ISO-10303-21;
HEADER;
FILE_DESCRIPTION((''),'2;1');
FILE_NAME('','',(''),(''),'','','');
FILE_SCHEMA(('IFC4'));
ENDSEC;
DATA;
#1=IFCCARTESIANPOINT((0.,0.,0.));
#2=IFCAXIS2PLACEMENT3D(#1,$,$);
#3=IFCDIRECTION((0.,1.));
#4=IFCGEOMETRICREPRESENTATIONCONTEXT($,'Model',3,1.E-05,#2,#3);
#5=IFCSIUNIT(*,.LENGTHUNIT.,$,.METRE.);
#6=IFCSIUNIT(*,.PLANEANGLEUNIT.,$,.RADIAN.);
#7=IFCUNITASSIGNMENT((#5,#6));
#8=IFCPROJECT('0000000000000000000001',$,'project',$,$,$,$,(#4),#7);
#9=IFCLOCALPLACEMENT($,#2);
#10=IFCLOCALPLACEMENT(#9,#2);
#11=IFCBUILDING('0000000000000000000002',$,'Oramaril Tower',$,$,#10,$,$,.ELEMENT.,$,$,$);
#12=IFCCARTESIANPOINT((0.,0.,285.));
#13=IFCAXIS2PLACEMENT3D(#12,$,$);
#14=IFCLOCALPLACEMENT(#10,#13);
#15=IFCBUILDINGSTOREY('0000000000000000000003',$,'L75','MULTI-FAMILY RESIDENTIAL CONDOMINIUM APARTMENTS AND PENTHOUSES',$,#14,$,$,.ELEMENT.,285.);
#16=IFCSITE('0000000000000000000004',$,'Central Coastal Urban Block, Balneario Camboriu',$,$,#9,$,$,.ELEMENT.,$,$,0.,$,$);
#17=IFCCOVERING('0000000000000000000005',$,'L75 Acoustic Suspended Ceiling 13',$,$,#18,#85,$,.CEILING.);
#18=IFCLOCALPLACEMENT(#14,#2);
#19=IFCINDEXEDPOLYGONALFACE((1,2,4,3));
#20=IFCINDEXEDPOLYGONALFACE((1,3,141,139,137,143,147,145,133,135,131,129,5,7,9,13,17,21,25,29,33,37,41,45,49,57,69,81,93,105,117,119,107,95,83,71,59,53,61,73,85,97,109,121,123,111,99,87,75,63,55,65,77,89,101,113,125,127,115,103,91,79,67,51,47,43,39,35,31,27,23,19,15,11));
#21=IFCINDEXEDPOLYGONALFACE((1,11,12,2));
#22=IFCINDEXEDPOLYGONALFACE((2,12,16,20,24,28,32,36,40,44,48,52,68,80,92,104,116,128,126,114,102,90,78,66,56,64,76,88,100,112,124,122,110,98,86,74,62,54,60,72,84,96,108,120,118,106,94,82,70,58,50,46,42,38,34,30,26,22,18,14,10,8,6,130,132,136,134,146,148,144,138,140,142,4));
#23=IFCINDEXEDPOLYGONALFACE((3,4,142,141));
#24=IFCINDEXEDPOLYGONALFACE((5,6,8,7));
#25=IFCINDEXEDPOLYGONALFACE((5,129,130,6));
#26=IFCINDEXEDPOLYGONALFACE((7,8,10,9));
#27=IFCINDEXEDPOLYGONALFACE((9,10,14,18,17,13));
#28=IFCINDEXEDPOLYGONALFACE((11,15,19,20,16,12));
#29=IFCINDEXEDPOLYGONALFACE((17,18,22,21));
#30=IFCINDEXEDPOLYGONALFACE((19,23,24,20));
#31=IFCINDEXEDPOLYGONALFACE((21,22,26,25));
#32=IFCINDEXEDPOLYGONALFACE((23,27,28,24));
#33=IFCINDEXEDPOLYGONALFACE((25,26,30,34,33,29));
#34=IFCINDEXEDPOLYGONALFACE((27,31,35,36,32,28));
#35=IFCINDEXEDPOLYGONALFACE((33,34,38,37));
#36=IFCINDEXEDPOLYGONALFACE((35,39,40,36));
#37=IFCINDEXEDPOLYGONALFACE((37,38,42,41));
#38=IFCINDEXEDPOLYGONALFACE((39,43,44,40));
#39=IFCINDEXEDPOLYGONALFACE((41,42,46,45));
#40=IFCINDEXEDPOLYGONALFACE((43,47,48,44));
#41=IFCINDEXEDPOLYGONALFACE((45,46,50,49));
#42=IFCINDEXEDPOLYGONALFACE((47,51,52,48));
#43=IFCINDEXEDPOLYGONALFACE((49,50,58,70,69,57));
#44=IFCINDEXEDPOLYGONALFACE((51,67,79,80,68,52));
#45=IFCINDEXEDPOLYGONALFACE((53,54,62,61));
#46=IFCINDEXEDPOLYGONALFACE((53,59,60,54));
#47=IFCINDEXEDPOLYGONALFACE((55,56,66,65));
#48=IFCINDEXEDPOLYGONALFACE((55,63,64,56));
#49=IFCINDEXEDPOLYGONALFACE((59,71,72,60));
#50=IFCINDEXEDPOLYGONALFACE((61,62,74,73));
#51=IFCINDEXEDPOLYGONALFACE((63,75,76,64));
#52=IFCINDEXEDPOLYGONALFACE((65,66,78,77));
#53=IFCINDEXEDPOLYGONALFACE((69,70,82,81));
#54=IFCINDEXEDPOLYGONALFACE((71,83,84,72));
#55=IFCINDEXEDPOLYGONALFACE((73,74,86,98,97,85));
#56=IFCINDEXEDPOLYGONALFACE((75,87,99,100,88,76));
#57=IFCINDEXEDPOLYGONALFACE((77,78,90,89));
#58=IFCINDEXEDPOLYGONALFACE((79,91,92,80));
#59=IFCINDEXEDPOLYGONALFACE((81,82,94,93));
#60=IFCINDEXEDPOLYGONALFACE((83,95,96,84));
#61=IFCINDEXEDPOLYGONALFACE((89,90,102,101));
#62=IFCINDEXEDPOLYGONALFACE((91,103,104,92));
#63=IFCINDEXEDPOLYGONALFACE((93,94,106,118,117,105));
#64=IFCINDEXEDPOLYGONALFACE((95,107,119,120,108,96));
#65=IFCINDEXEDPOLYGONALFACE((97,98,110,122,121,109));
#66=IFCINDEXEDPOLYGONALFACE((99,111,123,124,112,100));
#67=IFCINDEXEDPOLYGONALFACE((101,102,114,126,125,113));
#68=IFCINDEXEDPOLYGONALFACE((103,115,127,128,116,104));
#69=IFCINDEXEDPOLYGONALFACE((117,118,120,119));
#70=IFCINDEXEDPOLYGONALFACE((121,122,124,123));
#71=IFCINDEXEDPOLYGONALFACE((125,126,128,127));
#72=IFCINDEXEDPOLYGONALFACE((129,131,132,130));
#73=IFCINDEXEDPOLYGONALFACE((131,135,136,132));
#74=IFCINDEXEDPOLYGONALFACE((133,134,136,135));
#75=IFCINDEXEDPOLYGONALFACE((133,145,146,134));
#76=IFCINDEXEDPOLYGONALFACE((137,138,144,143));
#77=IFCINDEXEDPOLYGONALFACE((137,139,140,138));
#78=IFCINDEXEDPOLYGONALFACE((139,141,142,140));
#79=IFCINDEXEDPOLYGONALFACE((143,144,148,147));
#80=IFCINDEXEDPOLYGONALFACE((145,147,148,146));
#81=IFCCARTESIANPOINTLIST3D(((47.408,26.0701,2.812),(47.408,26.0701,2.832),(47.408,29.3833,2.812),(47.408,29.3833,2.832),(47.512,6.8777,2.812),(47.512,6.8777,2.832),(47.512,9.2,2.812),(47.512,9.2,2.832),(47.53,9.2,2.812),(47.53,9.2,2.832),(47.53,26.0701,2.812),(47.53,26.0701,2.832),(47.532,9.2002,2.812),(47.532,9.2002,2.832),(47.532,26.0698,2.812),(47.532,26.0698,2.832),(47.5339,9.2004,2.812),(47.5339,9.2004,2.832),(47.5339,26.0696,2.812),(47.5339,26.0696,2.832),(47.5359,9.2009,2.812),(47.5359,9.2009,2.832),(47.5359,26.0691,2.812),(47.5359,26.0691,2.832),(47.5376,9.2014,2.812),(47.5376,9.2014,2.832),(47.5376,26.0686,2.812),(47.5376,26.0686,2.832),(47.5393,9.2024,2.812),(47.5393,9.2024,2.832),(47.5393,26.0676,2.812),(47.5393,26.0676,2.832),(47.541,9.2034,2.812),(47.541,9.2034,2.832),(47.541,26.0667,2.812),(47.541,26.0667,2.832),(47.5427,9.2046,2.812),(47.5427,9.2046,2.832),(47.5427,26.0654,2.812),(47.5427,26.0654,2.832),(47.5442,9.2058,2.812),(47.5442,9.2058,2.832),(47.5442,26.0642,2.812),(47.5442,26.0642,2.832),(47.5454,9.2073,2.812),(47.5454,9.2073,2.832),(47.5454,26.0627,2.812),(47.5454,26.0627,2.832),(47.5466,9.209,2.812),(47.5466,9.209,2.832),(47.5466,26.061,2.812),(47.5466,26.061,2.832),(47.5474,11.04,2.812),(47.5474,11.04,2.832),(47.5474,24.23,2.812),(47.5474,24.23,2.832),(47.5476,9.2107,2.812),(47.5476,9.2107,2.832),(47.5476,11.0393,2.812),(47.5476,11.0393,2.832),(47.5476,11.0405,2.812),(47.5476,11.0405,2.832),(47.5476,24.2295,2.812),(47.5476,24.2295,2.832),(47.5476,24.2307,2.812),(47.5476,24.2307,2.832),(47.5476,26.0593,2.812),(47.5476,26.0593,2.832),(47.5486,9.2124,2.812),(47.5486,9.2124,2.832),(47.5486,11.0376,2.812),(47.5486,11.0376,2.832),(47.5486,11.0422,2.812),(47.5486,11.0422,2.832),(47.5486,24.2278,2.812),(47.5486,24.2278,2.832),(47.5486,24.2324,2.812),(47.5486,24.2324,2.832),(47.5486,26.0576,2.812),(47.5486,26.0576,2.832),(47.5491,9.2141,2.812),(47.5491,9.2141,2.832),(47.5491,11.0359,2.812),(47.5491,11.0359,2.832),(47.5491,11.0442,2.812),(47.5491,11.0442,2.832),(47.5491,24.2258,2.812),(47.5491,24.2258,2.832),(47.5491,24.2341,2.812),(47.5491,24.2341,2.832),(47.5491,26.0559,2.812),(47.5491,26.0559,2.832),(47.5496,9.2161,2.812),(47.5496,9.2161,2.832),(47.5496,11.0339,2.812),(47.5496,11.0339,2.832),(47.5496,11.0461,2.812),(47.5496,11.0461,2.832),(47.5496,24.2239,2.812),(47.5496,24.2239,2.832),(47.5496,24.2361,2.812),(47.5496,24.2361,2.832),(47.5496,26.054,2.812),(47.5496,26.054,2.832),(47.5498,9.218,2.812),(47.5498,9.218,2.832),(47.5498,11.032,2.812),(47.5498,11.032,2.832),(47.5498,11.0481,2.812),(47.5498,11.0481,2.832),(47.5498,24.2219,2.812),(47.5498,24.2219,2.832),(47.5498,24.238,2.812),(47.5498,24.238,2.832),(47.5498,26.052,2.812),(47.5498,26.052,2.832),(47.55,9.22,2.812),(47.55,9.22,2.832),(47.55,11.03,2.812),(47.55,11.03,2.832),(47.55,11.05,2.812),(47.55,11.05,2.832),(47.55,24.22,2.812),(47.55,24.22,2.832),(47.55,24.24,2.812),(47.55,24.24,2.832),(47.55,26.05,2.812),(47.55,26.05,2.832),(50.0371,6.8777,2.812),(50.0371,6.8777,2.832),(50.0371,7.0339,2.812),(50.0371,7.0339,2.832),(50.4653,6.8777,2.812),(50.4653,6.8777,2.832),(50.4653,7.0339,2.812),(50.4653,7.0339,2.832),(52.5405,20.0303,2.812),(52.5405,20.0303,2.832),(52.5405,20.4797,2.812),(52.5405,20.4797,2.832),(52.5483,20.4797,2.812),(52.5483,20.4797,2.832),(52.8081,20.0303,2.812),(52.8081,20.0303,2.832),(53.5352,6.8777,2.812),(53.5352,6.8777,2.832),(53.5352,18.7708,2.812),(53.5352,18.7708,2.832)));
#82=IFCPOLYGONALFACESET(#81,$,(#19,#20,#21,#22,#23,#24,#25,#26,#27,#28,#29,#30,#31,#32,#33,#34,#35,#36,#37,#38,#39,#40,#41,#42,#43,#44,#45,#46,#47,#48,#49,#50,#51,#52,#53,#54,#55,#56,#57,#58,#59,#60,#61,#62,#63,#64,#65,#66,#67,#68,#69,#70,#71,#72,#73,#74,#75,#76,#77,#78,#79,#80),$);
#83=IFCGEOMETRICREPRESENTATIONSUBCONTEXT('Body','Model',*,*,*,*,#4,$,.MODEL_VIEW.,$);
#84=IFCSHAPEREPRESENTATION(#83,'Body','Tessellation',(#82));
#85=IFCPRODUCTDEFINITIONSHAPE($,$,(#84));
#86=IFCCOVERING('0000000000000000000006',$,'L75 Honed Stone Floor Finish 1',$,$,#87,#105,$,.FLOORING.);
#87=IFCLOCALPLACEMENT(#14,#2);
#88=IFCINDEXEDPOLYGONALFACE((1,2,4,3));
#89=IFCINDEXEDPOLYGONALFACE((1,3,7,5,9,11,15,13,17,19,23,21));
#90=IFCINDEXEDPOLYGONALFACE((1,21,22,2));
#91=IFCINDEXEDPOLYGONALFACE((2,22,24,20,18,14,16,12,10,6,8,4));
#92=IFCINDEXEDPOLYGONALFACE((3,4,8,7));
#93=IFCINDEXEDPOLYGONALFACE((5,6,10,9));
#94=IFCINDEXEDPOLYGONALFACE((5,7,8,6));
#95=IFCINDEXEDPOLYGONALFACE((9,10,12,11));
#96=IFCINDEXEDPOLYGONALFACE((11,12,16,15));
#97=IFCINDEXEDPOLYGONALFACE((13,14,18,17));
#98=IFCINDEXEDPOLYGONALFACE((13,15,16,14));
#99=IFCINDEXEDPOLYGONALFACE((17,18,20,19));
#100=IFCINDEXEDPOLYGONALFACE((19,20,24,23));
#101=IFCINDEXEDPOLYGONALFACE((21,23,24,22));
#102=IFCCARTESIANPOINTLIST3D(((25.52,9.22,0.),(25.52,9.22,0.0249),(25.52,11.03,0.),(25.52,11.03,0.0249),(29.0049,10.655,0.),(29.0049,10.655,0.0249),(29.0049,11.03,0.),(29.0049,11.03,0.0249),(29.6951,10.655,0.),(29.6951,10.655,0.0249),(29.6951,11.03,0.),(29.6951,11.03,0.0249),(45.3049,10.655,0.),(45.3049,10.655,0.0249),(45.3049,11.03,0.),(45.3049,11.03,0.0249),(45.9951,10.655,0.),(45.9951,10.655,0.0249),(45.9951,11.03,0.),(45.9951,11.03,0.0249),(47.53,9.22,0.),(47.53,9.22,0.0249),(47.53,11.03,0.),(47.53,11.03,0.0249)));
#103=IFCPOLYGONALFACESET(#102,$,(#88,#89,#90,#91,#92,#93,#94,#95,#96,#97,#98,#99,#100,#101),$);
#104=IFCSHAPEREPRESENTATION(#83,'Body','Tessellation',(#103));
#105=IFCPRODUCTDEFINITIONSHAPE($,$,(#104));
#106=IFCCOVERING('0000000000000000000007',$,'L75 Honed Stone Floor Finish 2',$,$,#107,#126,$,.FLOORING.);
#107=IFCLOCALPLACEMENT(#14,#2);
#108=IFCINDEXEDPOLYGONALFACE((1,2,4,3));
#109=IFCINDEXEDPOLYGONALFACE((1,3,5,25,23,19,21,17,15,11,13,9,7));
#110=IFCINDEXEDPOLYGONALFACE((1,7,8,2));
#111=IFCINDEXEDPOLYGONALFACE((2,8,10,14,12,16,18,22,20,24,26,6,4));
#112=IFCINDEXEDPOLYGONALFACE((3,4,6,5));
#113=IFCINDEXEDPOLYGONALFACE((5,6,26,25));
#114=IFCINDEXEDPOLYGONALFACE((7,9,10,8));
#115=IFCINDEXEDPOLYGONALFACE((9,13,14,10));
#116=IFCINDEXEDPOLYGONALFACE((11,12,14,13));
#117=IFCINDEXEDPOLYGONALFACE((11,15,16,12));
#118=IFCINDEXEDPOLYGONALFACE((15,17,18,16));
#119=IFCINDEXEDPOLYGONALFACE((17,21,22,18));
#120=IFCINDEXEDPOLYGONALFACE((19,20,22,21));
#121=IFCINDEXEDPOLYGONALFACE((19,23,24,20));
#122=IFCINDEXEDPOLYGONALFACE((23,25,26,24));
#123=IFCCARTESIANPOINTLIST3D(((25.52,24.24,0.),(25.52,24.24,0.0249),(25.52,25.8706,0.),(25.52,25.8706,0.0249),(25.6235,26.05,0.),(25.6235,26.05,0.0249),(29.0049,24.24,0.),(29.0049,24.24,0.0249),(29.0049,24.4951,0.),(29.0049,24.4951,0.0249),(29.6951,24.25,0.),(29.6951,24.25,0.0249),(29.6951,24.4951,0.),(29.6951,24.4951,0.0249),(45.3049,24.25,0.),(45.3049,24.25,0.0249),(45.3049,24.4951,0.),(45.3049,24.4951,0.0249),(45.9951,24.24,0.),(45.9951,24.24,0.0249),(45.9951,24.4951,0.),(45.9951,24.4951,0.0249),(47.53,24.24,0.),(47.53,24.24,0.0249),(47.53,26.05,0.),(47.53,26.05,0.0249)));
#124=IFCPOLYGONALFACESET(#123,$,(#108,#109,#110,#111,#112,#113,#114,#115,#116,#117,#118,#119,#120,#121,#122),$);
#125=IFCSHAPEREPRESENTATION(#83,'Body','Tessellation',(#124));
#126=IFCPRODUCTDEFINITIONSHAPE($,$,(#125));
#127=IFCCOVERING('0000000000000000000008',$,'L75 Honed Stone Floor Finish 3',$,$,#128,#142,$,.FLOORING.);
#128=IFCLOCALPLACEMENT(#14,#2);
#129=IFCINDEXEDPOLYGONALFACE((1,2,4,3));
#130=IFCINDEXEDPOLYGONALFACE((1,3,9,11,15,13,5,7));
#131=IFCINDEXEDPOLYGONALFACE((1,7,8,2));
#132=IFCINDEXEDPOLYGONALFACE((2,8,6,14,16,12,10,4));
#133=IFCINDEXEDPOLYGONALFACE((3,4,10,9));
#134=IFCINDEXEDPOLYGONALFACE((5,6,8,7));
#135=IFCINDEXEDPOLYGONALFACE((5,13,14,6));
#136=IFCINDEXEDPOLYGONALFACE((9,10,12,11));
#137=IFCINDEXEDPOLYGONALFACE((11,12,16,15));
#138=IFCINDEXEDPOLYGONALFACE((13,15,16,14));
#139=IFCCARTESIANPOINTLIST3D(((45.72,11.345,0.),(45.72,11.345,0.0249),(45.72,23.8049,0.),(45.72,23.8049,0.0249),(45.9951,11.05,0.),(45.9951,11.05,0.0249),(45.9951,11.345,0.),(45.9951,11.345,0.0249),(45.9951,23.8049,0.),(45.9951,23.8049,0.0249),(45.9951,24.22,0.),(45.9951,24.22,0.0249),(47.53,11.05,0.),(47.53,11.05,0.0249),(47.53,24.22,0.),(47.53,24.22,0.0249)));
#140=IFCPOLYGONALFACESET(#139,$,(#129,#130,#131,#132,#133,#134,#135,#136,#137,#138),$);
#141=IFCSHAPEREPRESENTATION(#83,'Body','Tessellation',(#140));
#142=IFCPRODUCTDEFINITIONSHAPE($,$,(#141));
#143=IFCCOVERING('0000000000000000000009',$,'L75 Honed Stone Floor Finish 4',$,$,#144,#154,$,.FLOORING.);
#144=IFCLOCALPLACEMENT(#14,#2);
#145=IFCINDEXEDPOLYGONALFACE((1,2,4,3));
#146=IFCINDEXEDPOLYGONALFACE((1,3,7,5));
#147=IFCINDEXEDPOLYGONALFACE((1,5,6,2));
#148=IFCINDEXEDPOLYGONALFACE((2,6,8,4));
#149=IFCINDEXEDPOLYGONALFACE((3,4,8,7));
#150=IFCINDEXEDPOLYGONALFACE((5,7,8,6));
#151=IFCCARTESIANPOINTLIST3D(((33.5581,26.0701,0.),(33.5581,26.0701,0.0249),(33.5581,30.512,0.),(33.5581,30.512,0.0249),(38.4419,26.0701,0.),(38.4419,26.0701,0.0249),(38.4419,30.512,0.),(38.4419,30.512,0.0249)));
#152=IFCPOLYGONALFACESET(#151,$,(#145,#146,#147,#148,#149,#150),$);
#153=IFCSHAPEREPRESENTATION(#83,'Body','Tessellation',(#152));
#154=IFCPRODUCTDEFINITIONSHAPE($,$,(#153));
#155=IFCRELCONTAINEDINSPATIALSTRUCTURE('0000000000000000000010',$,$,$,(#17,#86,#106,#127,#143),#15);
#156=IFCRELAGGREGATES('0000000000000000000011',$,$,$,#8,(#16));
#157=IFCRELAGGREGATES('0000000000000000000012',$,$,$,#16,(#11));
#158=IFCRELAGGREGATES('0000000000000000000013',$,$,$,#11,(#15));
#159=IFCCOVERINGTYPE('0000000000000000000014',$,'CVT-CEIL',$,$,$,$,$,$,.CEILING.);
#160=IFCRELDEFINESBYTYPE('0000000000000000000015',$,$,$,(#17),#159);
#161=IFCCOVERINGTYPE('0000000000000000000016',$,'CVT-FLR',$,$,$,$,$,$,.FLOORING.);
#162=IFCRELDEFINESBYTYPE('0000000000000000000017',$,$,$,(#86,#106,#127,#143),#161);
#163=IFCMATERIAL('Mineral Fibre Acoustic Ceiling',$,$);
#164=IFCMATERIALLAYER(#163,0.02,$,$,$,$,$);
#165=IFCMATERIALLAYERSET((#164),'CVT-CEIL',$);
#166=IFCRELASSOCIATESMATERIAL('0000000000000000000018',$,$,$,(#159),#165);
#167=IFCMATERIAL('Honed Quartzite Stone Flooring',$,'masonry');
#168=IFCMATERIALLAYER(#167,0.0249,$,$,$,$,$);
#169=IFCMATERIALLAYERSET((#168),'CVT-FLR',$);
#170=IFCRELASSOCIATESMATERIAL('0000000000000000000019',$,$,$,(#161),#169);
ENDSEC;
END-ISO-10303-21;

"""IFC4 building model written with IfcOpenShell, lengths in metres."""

from ifc_helpers import new_model, si_unit, direction, frame, origin, place, context, subcontext, project, spatial, polyline, outline, extrude, material, layer, layer_set, type_object, element, save


model = new_model("IFC4")

# Units and contexts
model_context = context("Model", 3, precision=1e-05, world=origin(), true_north=direction((0.0, 1.0)))
body_context = subcontext(model_context, "Body", "Model", "MODEL_VIEW")
ifc_project = project(units=[si_unit("LENGTHUNIT", "METRE"), si_unit("PLANEANGLEUNIT", "RADIAN")], contexts=[model_context])

# Site, building, storey
site_placement = place(None, origin())
site = spatial("IfcSite", under=ifc_project, at=site_placement, Name="Central Coastal Urban Block, Balneario Camboriu", CompositionType="ELEMENT", RefElevation=0.0)
building_placement = place(site_placement, origin())
building = spatial("IfcBuilding", under=site, at=building_placement, Name="Oramaril Tower", CompositionType="ELEMENT")
storey_placement = place(building_placement, frame((0.0, 0.0, 285.0)))
storey = spatial("IfcBuildingStorey", under=building, at=storey_placement, Name="L75", Description="MULTI-FAMILY RESIDENTIAL CONDOMINIUM APARTMENTS AND PENTHOUSES", CompositionType="ELEMENT", Elevation=285.0)

# Coverings
ifc_material_1 = material(Name="Mineral Fibre Acoustic Ceiling")
ifc_layer_1 = layer(ifc_material_1, 0.02)
ifc_layer_set_1 = layer_set([ifc_layer_1], Name="CVT-CEIL")
covering_type_1 = type_object("IfcCoveringType", Name="CVT-CEIL", PredefinedType="CEILING", material=ifc_layer_set_1)
covering_1_placement = place(storey_placement, frame((0.0, 0.0, 2.812)))
element("IfcCovering", 1, at=covering_1_placement, inside=storey, type_object=covering_type_1, Name="L75 Acoustic Suspended Ceiling 13", PredefinedType="CEILING", context=body_context, shape_type="SweptSolid", body=[
    extrude(outline(polyline([(52.5483, 20.4797), (52.5405, 20.4797), (52.5405, 20.0303), (52.8081, 20.0303), (53.5352, 18.7708), (53.5352, 6.8777), (50.4653, 6.8777), (50.4653, 7.0339), (50.0371, 7.0339), (50.0371, 6.8777), (47.512, 6.8777), (47.512, 9.2), (47.53, 9.2), (47.532, 9.2002), (47.5339, 9.2004), (47.5359, 9.2009), (47.5376, 9.2014), (47.5393, 9.2024), (47.541, 9.2034), (47.5427, 9.2046), (47.5442, 9.2058), (47.5454, 9.2073), (47.5466, 9.209), (47.5476, 9.2107), (47.5486, 9.2124), (47.5491, 9.2141), (47.5496, 9.2161), (47.5498, 9.218), (47.55, 9.22), (47.55, 11.03), (47.5498, 11.032), (47.5496, 11.0339), (47.5491, 11.0359), (47.5486, 11.0376), (47.5476, 11.0393), (47.5474, 11.04), (47.5476, 11.0405), (47.5486, 11.0422), (47.5491, 11.0442), (47.5496, 11.0461), (47.5498, 11.0481), (47.55, 11.05), (47.55, 24.22), (47.5498, 24.2219), (47.5496, 24.2239), (47.5491, 24.2258), (47.5486, 24.2278), (47.5476, 24.2295), (47.5474, 24.23), (47.5476, 24.2307), (47.5486, 24.2324), (47.5491, 24.2341), (47.5496, 24.2361), (47.5498, 24.238), (47.55, 24.24), (47.55, 26.05), (47.5498, 26.052), (47.5496, 26.054), (47.5491, 26.0559), (47.5486, 26.0576), (47.5476, 26.0593), (47.5466, 26.061), (47.5454, 26.0627), (47.5442, 26.0642), (47.5427, 26.0654), (47.541, 26.0667), (47.5393, 26.0676), (47.5376, 26.0686), (47.5359, 26.0691), (47.5339, 26.0696), (47.532, 26.0698), (47.53, 26.0701), (47.408, 26.0701), (47.408, 29.3833), (52.5483, 20.4797)])), origin(), (0.0, 0.0, 1.0), 0.02),
])
ifc_material_2 = material(Name="Honed Quartzite Stone Flooring", Category="masonry")
ifc_layer_2 = layer(ifc_material_2, 0.0249)
ifc_layer_set_2 = layer_set([ifc_layer_2], Name="CVT-FLR")
covering_type_2 = type_object("IfcCoveringType", Name="CVT-FLR", PredefinedType="FLOORING", material=ifc_layer_set_2)
covering_2_placement = place(storey_placement, origin())
element("IfcCovering", 2, at=covering_2_placement, inside=storey, type_object=covering_type_2, Name="L75 Honed Stone Floor Finish 1", PredefinedType="FLOORING", context=body_context, shape_type="SweptSolid", body=[
    extrude(outline(polyline([(29.0049, 10.655), (29.6951, 10.655), (29.6951, 11.03), (45.3049, 11.03), (45.3049, 10.655), (45.9951, 10.655), (45.9951, 11.03), (47.53, 11.03), (47.53, 9.22), (25.52, 9.22), (25.52, 11.03), (29.0049, 11.03), (29.0049, 10.655)])), origin(), (0.0, 0.0, 1.0), 0.0249),
])
covering_3_placement = place(storey_placement, origin())
element("IfcCovering", 3, at=covering_3_placement, inside=storey, type_object=covering_type_2, Name="L75 Honed Stone Floor Finish 2", PredefinedType="FLOORING", context=body_context, shape_type="SweptSolid", body=[
    extrude(outline(polyline([(45.9951, 24.24), (45.9951, 24.4951), (45.3049, 24.4951), (45.3049, 24.25), (29.6951, 24.25), (29.6951, 24.4951), (29.0049, 24.4951), (29.0049, 24.24), (25.52, 24.24), (25.52, 25.8706), (25.6235, 26.05), (47.53, 26.05), (47.53, 24.24), (45.9951, 24.24)])), origin(), (0.0, 0.0, 1.0), 0.0249),
])
covering_4_placement = place(storey_placement, origin())
element("IfcCovering", 4, at=covering_4_placement, inside=storey, type_object=covering_type_2, Name="L75 Honed Stone Floor Finish 3", PredefinedType="FLOORING", context=body_context, shape_type="SweptSolid", body=[
    extrude(outline(polyline([(47.53, 11.05), (45.9951, 11.05), (45.9951, 11.345), (45.72, 11.345), (45.72, 23.8049), (45.9951, 23.8049), (45.9951, 24.22), (47.53, 24.22), (47.53, 11.05)])), origin(), (0.0, 0.0, 1.0), 0.0249),
])
covering_5_placement = place(storey_placement, origin())
element("IfcCovering", 5, at=covering_5_placement, inside=storey, type_object=covering_type_2, Name="L75 Honed Stone Floor Finish 4", PredefinedType="FLOORING", context=body_context, shape_type="SweptSolid", body=[
    extrude(outline(polyline([(38.4419, 30.512), (38.4419, 26.0701), (33.5581, 26.0701), (33.5581, 30.512), (38.4419, 30.512)])), origin(), (0.0, 0.0, 1.0), 0.0249),
])

save(model, "model.ifc")
